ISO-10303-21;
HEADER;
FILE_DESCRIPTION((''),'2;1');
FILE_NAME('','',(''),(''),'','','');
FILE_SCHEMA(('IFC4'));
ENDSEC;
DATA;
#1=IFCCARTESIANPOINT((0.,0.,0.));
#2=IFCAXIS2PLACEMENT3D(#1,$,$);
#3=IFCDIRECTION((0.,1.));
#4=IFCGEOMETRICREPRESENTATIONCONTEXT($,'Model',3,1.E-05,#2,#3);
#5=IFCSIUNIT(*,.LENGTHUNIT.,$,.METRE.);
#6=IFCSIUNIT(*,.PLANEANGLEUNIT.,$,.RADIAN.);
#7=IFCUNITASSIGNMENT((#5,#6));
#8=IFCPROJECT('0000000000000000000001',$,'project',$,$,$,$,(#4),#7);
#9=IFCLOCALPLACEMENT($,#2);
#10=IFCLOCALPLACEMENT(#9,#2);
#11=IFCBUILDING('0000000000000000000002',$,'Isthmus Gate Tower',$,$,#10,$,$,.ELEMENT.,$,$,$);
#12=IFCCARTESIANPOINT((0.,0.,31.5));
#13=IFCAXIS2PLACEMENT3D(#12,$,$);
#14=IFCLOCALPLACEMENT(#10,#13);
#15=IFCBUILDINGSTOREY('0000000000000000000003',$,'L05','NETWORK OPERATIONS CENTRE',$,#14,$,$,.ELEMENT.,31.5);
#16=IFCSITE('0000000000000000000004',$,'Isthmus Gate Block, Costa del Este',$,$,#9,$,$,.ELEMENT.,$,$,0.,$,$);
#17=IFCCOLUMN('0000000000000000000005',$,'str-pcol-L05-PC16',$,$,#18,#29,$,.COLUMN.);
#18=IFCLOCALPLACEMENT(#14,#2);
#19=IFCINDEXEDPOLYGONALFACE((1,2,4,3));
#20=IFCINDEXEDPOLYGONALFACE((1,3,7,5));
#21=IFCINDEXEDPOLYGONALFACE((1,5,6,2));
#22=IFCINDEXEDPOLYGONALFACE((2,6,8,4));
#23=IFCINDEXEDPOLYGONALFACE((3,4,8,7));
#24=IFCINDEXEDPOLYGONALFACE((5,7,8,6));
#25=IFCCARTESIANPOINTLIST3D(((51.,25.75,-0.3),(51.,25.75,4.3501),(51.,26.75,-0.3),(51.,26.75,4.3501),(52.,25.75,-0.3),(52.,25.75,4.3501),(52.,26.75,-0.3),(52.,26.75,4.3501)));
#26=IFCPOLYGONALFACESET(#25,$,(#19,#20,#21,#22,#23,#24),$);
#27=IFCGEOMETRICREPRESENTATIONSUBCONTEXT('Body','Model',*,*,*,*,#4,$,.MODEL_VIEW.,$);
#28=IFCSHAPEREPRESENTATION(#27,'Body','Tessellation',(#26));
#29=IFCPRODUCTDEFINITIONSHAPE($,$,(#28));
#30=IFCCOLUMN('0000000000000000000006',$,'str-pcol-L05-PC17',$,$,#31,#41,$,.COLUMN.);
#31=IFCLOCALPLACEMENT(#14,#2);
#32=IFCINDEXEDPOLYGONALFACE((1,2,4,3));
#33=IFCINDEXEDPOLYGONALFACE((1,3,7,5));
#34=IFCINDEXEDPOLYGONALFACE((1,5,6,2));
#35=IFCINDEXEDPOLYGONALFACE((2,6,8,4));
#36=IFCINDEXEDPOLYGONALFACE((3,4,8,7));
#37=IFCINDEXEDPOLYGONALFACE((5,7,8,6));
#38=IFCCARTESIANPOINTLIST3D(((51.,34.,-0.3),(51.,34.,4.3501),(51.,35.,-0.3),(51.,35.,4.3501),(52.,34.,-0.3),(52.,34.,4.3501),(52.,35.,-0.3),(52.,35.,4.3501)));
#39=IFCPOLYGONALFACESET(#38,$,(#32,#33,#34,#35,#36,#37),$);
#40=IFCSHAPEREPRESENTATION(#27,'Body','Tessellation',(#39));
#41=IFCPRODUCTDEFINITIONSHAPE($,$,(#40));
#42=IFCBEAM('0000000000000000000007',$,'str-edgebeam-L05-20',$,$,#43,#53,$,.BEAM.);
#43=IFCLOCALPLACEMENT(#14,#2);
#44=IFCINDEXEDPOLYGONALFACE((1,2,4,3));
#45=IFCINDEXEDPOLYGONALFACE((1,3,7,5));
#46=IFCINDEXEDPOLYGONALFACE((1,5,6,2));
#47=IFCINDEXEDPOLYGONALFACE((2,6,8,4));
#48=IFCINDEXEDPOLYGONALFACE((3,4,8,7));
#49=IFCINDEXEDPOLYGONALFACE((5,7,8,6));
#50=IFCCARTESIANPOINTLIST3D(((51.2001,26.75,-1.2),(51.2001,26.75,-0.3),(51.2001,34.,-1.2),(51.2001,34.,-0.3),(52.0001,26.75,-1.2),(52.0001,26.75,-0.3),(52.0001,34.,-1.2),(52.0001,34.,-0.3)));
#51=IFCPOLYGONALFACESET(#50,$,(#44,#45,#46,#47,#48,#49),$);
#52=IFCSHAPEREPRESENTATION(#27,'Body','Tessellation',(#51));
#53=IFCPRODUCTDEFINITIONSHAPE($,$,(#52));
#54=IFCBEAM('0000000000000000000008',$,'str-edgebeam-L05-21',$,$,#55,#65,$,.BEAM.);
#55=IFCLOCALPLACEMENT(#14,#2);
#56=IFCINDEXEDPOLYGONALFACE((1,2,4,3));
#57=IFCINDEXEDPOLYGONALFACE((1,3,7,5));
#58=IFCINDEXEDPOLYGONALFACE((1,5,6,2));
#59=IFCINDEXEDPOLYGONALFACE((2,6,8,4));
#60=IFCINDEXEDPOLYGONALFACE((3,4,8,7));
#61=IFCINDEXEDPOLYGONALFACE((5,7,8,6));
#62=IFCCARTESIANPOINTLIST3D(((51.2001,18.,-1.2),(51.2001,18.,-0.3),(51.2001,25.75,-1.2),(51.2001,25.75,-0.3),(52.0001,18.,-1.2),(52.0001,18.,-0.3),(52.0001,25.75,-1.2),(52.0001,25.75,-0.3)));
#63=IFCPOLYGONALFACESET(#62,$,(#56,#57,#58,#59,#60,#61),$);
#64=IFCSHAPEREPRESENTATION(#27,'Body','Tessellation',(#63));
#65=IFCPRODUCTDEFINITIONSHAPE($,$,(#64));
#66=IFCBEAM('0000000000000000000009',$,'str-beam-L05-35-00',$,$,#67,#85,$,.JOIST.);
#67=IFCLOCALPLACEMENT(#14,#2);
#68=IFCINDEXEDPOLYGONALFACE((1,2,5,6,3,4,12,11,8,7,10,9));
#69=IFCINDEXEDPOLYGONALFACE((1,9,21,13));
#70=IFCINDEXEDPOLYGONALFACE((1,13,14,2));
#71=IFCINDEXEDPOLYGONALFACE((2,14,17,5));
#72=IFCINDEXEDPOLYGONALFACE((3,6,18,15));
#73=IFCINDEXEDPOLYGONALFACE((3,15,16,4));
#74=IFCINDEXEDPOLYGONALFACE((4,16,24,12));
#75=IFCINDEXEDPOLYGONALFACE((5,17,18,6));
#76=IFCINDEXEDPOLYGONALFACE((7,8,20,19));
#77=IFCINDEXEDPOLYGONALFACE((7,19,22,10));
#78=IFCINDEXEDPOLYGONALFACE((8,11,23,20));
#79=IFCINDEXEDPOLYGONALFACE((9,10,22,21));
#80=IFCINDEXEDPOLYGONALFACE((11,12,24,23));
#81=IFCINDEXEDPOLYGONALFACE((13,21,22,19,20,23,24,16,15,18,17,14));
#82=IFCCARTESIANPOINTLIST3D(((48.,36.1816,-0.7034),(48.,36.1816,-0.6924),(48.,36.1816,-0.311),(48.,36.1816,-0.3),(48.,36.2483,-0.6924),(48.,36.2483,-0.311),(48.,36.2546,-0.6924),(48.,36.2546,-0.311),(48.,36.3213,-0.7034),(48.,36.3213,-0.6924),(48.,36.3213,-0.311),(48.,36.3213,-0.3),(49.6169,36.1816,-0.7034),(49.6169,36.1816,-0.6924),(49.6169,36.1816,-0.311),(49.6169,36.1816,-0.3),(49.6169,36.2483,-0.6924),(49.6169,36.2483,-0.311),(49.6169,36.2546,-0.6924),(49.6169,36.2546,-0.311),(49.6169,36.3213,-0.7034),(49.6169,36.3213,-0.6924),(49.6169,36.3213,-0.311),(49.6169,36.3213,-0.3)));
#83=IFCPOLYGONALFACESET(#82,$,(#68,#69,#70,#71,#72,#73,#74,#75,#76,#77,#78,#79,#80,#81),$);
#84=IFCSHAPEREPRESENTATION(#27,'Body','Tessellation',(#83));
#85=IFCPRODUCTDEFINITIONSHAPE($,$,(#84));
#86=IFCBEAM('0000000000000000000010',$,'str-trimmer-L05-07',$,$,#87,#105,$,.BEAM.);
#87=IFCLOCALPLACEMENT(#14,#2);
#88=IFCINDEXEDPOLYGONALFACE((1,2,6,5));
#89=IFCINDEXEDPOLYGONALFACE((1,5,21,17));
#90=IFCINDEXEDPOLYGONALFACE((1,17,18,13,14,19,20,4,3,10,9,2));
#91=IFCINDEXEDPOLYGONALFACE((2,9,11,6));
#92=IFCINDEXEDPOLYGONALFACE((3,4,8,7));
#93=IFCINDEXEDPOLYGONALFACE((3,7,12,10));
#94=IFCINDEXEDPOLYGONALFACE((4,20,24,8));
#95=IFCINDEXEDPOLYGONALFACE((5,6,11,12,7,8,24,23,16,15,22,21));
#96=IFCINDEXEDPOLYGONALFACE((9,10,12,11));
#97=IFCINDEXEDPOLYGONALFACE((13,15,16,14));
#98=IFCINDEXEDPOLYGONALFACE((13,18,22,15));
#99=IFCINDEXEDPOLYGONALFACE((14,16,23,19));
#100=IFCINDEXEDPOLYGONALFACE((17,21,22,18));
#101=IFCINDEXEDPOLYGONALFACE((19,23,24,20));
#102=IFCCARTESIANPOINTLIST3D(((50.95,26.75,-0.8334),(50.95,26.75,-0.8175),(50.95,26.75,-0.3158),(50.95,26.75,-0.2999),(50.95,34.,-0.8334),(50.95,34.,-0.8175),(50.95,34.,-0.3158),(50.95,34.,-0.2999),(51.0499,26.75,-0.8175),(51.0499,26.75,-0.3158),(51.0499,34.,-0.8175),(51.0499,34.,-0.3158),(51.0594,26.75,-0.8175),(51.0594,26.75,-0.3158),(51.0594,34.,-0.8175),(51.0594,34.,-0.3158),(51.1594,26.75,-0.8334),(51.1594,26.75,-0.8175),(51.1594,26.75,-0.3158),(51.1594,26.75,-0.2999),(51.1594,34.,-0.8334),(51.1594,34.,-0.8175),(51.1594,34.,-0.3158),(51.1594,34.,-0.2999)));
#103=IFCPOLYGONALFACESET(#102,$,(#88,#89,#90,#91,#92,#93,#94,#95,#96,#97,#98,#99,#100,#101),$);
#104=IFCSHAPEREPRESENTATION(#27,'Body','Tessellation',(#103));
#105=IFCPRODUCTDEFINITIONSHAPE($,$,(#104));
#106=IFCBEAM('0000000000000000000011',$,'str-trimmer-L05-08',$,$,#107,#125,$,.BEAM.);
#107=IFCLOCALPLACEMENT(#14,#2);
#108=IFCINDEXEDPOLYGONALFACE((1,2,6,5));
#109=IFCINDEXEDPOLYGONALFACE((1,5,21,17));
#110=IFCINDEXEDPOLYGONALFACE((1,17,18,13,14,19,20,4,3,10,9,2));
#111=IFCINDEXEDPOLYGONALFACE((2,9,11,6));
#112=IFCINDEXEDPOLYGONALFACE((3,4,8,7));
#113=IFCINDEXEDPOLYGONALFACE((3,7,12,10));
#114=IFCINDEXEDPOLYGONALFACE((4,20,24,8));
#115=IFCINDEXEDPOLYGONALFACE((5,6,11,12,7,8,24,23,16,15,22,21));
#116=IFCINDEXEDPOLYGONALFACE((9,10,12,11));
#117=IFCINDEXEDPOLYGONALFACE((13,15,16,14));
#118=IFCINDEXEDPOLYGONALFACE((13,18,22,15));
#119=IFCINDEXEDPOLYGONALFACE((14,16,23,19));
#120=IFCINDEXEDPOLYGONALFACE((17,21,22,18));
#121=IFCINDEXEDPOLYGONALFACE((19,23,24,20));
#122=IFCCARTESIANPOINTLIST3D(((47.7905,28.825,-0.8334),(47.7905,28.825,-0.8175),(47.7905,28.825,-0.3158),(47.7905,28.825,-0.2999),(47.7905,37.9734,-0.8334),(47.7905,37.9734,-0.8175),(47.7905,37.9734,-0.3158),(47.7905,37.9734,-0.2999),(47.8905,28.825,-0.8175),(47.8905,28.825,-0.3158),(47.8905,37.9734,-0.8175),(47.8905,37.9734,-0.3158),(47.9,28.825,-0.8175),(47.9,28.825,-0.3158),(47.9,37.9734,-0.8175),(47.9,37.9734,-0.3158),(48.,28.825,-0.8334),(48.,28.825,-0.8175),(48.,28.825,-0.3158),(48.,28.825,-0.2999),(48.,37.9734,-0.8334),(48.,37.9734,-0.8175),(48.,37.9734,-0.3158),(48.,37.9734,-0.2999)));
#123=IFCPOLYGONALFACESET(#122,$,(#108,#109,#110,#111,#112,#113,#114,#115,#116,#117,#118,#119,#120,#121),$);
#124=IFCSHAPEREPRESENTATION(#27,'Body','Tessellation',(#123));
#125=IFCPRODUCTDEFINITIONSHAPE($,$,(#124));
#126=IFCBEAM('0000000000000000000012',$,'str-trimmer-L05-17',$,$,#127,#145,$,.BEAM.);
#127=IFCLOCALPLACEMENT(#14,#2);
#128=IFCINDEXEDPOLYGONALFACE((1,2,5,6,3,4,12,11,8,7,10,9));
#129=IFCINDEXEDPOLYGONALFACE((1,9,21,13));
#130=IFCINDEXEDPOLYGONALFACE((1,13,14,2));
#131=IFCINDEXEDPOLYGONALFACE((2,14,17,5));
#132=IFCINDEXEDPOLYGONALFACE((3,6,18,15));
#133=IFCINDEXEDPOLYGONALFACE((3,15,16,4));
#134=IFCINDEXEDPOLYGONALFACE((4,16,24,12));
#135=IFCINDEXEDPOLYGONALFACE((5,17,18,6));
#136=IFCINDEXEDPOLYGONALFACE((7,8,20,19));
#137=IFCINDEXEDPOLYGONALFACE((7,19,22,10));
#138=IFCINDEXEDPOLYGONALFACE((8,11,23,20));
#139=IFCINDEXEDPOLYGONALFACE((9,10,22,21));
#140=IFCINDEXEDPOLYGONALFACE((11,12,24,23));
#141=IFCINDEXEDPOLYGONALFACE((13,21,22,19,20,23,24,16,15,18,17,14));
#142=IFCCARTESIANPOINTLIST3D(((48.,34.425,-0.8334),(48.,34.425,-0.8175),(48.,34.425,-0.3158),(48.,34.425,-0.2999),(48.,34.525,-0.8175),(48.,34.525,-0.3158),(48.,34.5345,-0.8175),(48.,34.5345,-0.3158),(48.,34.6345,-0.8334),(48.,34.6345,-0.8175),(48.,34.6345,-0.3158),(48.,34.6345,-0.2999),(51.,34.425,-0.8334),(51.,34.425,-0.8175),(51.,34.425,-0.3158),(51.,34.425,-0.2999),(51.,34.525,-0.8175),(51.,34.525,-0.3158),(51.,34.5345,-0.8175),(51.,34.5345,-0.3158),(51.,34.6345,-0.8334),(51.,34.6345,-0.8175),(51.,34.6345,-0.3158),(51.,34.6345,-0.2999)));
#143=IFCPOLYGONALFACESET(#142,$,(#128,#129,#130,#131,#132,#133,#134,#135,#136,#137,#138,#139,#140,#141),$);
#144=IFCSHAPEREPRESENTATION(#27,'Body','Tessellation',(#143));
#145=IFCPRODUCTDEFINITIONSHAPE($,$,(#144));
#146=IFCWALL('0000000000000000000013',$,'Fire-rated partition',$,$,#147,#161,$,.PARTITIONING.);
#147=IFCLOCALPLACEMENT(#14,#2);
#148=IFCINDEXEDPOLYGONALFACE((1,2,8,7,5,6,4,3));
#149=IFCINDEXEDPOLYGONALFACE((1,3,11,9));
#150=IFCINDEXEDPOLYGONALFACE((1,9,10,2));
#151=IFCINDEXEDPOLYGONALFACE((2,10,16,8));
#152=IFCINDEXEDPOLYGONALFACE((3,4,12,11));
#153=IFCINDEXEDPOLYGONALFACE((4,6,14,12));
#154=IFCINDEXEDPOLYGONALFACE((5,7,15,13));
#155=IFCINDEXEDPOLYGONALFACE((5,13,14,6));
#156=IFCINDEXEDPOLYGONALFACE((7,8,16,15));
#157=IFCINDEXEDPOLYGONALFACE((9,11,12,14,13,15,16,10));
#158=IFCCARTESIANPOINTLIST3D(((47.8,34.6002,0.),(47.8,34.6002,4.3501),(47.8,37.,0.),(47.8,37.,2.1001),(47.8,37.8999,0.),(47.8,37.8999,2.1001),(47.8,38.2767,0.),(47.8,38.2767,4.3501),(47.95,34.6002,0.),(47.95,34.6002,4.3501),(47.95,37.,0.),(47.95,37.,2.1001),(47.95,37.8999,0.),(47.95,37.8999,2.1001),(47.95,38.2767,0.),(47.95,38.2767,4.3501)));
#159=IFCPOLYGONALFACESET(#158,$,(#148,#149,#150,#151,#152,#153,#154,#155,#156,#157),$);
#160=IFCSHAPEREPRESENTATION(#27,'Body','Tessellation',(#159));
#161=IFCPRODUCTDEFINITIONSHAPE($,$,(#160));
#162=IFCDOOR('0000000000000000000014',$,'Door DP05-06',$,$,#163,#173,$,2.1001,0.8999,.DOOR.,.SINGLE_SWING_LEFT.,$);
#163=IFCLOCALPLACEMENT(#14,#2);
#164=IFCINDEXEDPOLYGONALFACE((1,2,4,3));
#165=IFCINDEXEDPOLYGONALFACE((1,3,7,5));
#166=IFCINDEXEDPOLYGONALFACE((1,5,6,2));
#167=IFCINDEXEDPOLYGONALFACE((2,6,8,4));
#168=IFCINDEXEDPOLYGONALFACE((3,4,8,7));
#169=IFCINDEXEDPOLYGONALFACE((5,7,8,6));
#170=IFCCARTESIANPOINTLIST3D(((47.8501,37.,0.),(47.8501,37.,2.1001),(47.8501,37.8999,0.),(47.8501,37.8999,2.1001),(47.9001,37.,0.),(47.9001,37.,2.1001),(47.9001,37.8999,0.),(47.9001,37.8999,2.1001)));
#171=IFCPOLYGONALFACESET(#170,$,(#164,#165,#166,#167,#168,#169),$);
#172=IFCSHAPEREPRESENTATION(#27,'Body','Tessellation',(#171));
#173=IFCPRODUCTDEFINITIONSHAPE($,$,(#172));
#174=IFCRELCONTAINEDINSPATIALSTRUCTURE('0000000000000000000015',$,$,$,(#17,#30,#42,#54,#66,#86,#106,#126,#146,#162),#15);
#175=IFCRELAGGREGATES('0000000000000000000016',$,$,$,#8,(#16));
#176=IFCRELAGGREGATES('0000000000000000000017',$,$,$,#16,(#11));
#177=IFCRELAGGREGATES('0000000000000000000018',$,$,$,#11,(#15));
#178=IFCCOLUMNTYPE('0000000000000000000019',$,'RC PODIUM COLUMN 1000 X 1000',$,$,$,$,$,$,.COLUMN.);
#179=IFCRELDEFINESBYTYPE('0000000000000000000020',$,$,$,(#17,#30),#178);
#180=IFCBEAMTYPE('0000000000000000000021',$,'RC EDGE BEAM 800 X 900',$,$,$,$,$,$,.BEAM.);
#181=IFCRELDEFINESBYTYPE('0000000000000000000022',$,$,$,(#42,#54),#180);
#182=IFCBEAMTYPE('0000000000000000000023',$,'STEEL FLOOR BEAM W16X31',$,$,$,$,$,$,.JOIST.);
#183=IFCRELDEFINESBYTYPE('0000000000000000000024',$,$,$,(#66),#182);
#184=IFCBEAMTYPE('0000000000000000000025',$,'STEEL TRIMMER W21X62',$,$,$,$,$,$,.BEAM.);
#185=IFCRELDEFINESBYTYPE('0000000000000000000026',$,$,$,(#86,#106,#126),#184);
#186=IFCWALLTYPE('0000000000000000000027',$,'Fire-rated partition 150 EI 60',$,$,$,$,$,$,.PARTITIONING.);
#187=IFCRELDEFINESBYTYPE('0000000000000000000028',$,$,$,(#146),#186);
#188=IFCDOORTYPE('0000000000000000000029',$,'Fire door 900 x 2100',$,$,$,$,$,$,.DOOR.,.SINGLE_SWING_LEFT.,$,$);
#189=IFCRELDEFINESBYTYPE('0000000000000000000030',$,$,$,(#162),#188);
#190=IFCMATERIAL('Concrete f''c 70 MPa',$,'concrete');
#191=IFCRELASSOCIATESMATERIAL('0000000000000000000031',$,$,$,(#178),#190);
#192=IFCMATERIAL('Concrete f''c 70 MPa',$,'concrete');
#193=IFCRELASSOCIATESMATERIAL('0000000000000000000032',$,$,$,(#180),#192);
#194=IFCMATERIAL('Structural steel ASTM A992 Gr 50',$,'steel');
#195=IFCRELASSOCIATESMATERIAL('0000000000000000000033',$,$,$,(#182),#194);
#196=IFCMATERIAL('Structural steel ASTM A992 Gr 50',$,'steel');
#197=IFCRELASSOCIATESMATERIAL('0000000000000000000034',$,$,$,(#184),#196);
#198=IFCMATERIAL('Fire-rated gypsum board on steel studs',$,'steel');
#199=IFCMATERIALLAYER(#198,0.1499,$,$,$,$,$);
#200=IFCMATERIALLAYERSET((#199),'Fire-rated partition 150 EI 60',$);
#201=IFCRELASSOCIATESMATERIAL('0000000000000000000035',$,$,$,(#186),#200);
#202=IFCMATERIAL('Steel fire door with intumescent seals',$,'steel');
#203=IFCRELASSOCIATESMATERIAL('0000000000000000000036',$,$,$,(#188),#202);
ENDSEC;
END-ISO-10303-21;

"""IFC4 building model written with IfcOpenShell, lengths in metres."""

from ifc_helpers import new_model, si_unit, direction, frame, frame_2d, origin, origin_2d, place, context, subcontext, project, spatial, rectangle, i_section, extrude, material, layer, layer_set, material_profile, profile_set, type_object, element, fill, save


model = new_model("IFC4")

# Units and contexts
model_context = context("Model", 3, precision=1e-05, world=origin(), true_north=direction((0.0, 1.0)))
body_context = subcontext(model_context, "Body", "Model", "MODEL_VIEW")
ifc_project = project(units=[si_unit("LENGTHUNIT", "METRE"), si_unit("PLANEANGLEUNIT", "RADIAN")], contexts=[model_context])

# Site, building, storey
site_placement = place(None, origin())
site = spatial("IfcSite", under=ifc_project, at=site_placement, Name="Isthmus Gate Block, Costa del Este", CompositionType="ELEMENT", RefElevation=0.0)
building_placement = place(site_placement, origin())
building = spatial("IfcBuilding", under=site, at=building_placement, Name="Isthmus Gate Tower", CompositionType="ELEMENT")
storey_placement = place(building_placement, frame((0.0, 0.0, 31.5)))
storey = spatial("IfcBuildingStorey", under=building, at=storey_placement, Name="L05", Description="NETWORK OPERATIONS CENTRE", CompositionType="ELEMENT", Elevation=31.5)

# Columns
ifc_material_1 = material(Name="Concrete f'c 70 MPa", Category="concrete")
ifc_material_profile_1 = material_profile(ifc_material_1, rectangle(XDim=1.0, YDim=1.0, at=origin_2d()), Name="RC 1000X1000")
ifc_profile_set_1 = profile_set([ifc_material_profile_1], Name="Concrete f'c 70 MPa")
column_type = type_object("IfcColumnType", Name="RC PODIUM COLUMN 1000 X 1000", PredefinedType="COLUMN", material=ifc_profile_set_1)
for number, where, z_axis, x_axis, name in (
    (1, (51.5, 26.25, -0.3), (0.0, 0.0, 1.0), (0.0, 1.0, 0.0), "str-pcol-L05-PC16"),
    (2, (51.5, 34.5, -0.3), (0.0, 0.0, 1.0), (0.0, 1.0, 0.0), "str-pcol-L05-PC17"),
):
    element("IfcColumn", number, at=place(storey_placement, frame(where, z_axis=z_axis, x_axis=x_axis)), inside=storey, type_object=column_type, Name=name, PredefinedType="COLUMN", context=body_context, shape_type="SweptSolid", body=[
        extrude(rectangle(XDim=1.0, YDim=1.0, at=origin_2d()), origin(), (0.0, 0.0, 1.0), 4.6501),
    ])

# Beams
ifc_material_2 = material(Name="Concrete f'c 70 MPa", Category="concrete")
ifc_material_profile_2 = material_profile(ifc_material_2, rectangle(XDim=0.8, YDim=0.8999, at=origin_2d()), Name="RC 800X900")
ifc_profile_set_2 = profile_set([ifc_material_profile_2], Name="Concrete f'c 70 MPa")
beam_type_1 = type_object("IfcBeamType", Name="RC EDGE BEAM 800 X 900", PredefinedType="BEAM", material=ifc_profile_set_2)
beam_1_placement = place(storey_placement, frame((51.6001, 34.0, -0.75), z_axis=(0.0, -1.0, 0.0), x_axis=(1.0, 0.0, 0.0)))
element("IfcBeam", 3, at=beam_1_placement, inside=storey, type_object=beam_type_1, Name="str-edgebeam-L05-20", PredefinedType="BEAM", context=body_context, shape_type="SweptSolid", body=[
    extrude(rectangle(XDim=0.8, YDim=0.8999, at=origin_2d()), origin(), (0.0, 0.0, 1.0), 7.25),
])
beam_2_placement = place(storey_placement, frame((51.6001, 25.75, -0.75), z_axis=(0.0, -1.0, 0.0), x_axis=(1.0, 0.0, 0.0)))
element("IfcBeam", 4, at=beam_2_placement, inside=storey, type_object=beam_type_1, Name="str-edgebeam-L05-21", PredefinedType="BEAM", context=body_context, shape_type="SweptSolid", body=[
    extrude(rectangle(XDim=0.8, YDim=0.8999, at=origin_2d()), origin(), (0.0, 0.0, 1.0), 7.75),
])
ifc_material_3 = material(Name="Structural steel ASTM A992 Gr 50", Category="steel")
ifc_material_profile_3 = material_profile(ifc_material_3, i_section(OverallWidth=0.1396, OverallDepth=0.4033, WebThickness=0.0063, FlangeThickness=0.011, at=origin_2d()), Name="W16X31")
ifc_profile_set_3 = profile_set([ifc_material_profile_3], Name="Structural steel ASTM A992 Gr 50")
beam_type_2 = type_object("IfcBeamType", Name="STEEL FLOOR BEAM W16X31", PredefinedType="JOIST", material=ifc_profile_set_3)
beam_3_placement = place(storey_placement, frame((48.0, 36.2515, -0.5017), z_axis=(1.0, 0.0, 0.0), x_axis=(0.0, 1.0, 0.0)))
element("IfcBeam", 5, at=beam_3_placement, inside=storey, type_object=beam_type_2, Name="str-beam-L05-35-00", PredefinedType="JOIST", context=body_context, shape_type="SweptSolid", body=[
    extrude(i_section(OverallWidth=0.1396, OverallDepth=0.4033, WebThickness=0.0063, FlangeThickness=0.011, at=origin_2d()), origin(), (0.0, 0.0, 1.0), 1.6169),
])
ifc_material_4 = material(Name="Structural steel ASTM A992 Gr 50", Category="steel")
ifc_material_profile_4 = material_profile(ifc_material_4, i_section(OverallWidth=0.2095, OverallDepth=0.5334, WebThickness=0.0095, FlangeThickness=0.0159, at=origin_2d()), Name="W21X62")
ifc_profile_set_4 = profile_set([ifc_material_profile_4], Name="Structural steel ASTM A992 Gr 50")
beam_type_3 = type_object("IfcBeamType", Name="STEEL TRIMMER W21X62", PredefinedType="BEAM", material=ifc_profile_set_4)
beam_4_placement = place(storey_placement, frame((51.0547, 26.75, -0.5667), z_axis=(0.0, 1.0, 0.0), x_axis=(-1.0, 0.0, 0.0)))
element("IfcBeam", 6, at=beam_4_placement, inside=storey, type_object=beam_type_3, Name="str-trimmer-L05-07", PredefinedType="BEAM", context=body_context, shape_type="SweptSolid", body=[
    extrude(i_section(OverallWidth=0.2095, OverallDepth=0.5334, WebThickness=0.0095, FlangeThickness=0.0159, at=origin_2d()), origin(), (0.0, 0.0, 1.0), 7.25),
])
beam_5_placement = place(storey_placement, frame((47.8953, 37.9734, -0.5667), z_axis=(0.0, -1.0, 0.0), x_axis=(1.0, 0.0, 0.0)))
element("IfcBeam", 7, at=beam_5_placement, inside=storey, type_object=beam_type_3, Name="str-trimmer-L05-08", PredefinedType="BEAM", context=body_context, shape_type="SweptSolid", body=[
    extrude(i_section(OverallWidth=0.2095, OverallDepth=0.5334, WebThickness=0.0095, FlangeThickness=0.0159, at=origin_2d()), origin(), (0.0, 0.0, 1.0), 9.1484),
])
beam_6_placement = place(storey_placement, frame((51.0, 34.5298, -0.5667), z_axis=(-1.0, 0.0, 0.0), x_axis=(0.0, -1.0, 0.0)))
element("IfcBeam", 8, at=beam_6_placement, inside=storey, type_object=beam_type_3, Name="str-trimmer-L05-17", PredefinedType="BEAM", context=body_context, shape_type="SweptSolid", body=[
    extrude(i_section(OverallWidth=0.2095, OverallDepth=0.5334, WebThickness=0.0095, FlangeThickness=0.0159, at=origin_2d()), origin(), (0.0, 0.0, 1.0), 3.0),
])

# Wall, opening, door
ifc_material_5 = material(Name="Fire-rated gypsum board on steel studs", Category="steel")
ifc_layer_1 = layer(ifc_material_5, 0.1499)
ifc_layer_set_1 = layer_set([ifc_layer_1], Name="Fire-rated partition 150 EI 60")
wall_type_1 = type_object("IfcWallType", Name="Fire-rated partition 150 EI 60", PredefinedType="PARTITIONING", material=ifc_layer_set_1)
wall_1_placement = place(storey_placement, frame((47.875, 34.6001, 0.0), z_axis=(0.0, 0.0, 1.0), x_axis=(0.0, 1.0, 0.0)))
wall_1 = element("IfcWall", 9, at=wall_1_placement, inside=storey, type_object=wall_type_1, Name="Fire-rated partition", PredefinedType="PARTITIONING", context=body_context, shape_type="SweptSolid", body=[
    extrude(rectangle(XDim=3.6765, YDim=0.1499, at=frame_2d((1.8384, 0.0))), origin(), (0.0, 0.0, 1.0), 4.3501),
])
opening_1_placement = place(wall_1_placement, frame((2.3999, 0.0, 0.0)))
opening_1 = element("IfcOpeningElement", 10, at=opening_1_placement, cuts=wall_1, PredefinedType="OPENING", context=body_context, shape_type="SweptSolid", body=[
    extrude(rectangle(XDim=0.8999, YDim=2.1001, at=frame_2d((0.45, 1.05))), frame((0.0, 0.085, 0.0), z_axis=(0.0, -1.0, 0.0), x_axis=(1.0, 0.0, 0.0)), (0.0, 0.0, 1.0), 0.1699),
])
ifc_material_6 = material(Name="Steel fire door with intumescent seals", Category="steel")
door_type_1 = type_object("IfcDoorType", Name="Fire door 900 x 2100", OperationType="SINGLE_SWING_LEFT", PredefinedType="DOOR", material=ifc_material_6)
door_1_placement = place(opening_1_placement, origin())
door_1 = element("IfcDoor", 11, at=door_1_placement, inside=storey, type_object=door_type_1, Name="Door DP05-06", OperationType="SINGLE_SWING_LEFT", OverallHeight=2.1001, OverallWidth=0.8999, PredefinedType="DOOR", context=body_context, shape_type="SweptSolid", body=[
    extrude(rectangle(XDim=0.8999, YDim=2.1001, at=frame_2d((0.45, 1.05))), frame((0.0, 0.0249, 0.0), z_axis=(0.0, -1.0, 0.0), x_axis=(1.0, 0.0, 0.0)), (0.0, 0.0, 1.0), 0.05),
])
fill(opening_1, door_1)

save(model, "model.ifc")
